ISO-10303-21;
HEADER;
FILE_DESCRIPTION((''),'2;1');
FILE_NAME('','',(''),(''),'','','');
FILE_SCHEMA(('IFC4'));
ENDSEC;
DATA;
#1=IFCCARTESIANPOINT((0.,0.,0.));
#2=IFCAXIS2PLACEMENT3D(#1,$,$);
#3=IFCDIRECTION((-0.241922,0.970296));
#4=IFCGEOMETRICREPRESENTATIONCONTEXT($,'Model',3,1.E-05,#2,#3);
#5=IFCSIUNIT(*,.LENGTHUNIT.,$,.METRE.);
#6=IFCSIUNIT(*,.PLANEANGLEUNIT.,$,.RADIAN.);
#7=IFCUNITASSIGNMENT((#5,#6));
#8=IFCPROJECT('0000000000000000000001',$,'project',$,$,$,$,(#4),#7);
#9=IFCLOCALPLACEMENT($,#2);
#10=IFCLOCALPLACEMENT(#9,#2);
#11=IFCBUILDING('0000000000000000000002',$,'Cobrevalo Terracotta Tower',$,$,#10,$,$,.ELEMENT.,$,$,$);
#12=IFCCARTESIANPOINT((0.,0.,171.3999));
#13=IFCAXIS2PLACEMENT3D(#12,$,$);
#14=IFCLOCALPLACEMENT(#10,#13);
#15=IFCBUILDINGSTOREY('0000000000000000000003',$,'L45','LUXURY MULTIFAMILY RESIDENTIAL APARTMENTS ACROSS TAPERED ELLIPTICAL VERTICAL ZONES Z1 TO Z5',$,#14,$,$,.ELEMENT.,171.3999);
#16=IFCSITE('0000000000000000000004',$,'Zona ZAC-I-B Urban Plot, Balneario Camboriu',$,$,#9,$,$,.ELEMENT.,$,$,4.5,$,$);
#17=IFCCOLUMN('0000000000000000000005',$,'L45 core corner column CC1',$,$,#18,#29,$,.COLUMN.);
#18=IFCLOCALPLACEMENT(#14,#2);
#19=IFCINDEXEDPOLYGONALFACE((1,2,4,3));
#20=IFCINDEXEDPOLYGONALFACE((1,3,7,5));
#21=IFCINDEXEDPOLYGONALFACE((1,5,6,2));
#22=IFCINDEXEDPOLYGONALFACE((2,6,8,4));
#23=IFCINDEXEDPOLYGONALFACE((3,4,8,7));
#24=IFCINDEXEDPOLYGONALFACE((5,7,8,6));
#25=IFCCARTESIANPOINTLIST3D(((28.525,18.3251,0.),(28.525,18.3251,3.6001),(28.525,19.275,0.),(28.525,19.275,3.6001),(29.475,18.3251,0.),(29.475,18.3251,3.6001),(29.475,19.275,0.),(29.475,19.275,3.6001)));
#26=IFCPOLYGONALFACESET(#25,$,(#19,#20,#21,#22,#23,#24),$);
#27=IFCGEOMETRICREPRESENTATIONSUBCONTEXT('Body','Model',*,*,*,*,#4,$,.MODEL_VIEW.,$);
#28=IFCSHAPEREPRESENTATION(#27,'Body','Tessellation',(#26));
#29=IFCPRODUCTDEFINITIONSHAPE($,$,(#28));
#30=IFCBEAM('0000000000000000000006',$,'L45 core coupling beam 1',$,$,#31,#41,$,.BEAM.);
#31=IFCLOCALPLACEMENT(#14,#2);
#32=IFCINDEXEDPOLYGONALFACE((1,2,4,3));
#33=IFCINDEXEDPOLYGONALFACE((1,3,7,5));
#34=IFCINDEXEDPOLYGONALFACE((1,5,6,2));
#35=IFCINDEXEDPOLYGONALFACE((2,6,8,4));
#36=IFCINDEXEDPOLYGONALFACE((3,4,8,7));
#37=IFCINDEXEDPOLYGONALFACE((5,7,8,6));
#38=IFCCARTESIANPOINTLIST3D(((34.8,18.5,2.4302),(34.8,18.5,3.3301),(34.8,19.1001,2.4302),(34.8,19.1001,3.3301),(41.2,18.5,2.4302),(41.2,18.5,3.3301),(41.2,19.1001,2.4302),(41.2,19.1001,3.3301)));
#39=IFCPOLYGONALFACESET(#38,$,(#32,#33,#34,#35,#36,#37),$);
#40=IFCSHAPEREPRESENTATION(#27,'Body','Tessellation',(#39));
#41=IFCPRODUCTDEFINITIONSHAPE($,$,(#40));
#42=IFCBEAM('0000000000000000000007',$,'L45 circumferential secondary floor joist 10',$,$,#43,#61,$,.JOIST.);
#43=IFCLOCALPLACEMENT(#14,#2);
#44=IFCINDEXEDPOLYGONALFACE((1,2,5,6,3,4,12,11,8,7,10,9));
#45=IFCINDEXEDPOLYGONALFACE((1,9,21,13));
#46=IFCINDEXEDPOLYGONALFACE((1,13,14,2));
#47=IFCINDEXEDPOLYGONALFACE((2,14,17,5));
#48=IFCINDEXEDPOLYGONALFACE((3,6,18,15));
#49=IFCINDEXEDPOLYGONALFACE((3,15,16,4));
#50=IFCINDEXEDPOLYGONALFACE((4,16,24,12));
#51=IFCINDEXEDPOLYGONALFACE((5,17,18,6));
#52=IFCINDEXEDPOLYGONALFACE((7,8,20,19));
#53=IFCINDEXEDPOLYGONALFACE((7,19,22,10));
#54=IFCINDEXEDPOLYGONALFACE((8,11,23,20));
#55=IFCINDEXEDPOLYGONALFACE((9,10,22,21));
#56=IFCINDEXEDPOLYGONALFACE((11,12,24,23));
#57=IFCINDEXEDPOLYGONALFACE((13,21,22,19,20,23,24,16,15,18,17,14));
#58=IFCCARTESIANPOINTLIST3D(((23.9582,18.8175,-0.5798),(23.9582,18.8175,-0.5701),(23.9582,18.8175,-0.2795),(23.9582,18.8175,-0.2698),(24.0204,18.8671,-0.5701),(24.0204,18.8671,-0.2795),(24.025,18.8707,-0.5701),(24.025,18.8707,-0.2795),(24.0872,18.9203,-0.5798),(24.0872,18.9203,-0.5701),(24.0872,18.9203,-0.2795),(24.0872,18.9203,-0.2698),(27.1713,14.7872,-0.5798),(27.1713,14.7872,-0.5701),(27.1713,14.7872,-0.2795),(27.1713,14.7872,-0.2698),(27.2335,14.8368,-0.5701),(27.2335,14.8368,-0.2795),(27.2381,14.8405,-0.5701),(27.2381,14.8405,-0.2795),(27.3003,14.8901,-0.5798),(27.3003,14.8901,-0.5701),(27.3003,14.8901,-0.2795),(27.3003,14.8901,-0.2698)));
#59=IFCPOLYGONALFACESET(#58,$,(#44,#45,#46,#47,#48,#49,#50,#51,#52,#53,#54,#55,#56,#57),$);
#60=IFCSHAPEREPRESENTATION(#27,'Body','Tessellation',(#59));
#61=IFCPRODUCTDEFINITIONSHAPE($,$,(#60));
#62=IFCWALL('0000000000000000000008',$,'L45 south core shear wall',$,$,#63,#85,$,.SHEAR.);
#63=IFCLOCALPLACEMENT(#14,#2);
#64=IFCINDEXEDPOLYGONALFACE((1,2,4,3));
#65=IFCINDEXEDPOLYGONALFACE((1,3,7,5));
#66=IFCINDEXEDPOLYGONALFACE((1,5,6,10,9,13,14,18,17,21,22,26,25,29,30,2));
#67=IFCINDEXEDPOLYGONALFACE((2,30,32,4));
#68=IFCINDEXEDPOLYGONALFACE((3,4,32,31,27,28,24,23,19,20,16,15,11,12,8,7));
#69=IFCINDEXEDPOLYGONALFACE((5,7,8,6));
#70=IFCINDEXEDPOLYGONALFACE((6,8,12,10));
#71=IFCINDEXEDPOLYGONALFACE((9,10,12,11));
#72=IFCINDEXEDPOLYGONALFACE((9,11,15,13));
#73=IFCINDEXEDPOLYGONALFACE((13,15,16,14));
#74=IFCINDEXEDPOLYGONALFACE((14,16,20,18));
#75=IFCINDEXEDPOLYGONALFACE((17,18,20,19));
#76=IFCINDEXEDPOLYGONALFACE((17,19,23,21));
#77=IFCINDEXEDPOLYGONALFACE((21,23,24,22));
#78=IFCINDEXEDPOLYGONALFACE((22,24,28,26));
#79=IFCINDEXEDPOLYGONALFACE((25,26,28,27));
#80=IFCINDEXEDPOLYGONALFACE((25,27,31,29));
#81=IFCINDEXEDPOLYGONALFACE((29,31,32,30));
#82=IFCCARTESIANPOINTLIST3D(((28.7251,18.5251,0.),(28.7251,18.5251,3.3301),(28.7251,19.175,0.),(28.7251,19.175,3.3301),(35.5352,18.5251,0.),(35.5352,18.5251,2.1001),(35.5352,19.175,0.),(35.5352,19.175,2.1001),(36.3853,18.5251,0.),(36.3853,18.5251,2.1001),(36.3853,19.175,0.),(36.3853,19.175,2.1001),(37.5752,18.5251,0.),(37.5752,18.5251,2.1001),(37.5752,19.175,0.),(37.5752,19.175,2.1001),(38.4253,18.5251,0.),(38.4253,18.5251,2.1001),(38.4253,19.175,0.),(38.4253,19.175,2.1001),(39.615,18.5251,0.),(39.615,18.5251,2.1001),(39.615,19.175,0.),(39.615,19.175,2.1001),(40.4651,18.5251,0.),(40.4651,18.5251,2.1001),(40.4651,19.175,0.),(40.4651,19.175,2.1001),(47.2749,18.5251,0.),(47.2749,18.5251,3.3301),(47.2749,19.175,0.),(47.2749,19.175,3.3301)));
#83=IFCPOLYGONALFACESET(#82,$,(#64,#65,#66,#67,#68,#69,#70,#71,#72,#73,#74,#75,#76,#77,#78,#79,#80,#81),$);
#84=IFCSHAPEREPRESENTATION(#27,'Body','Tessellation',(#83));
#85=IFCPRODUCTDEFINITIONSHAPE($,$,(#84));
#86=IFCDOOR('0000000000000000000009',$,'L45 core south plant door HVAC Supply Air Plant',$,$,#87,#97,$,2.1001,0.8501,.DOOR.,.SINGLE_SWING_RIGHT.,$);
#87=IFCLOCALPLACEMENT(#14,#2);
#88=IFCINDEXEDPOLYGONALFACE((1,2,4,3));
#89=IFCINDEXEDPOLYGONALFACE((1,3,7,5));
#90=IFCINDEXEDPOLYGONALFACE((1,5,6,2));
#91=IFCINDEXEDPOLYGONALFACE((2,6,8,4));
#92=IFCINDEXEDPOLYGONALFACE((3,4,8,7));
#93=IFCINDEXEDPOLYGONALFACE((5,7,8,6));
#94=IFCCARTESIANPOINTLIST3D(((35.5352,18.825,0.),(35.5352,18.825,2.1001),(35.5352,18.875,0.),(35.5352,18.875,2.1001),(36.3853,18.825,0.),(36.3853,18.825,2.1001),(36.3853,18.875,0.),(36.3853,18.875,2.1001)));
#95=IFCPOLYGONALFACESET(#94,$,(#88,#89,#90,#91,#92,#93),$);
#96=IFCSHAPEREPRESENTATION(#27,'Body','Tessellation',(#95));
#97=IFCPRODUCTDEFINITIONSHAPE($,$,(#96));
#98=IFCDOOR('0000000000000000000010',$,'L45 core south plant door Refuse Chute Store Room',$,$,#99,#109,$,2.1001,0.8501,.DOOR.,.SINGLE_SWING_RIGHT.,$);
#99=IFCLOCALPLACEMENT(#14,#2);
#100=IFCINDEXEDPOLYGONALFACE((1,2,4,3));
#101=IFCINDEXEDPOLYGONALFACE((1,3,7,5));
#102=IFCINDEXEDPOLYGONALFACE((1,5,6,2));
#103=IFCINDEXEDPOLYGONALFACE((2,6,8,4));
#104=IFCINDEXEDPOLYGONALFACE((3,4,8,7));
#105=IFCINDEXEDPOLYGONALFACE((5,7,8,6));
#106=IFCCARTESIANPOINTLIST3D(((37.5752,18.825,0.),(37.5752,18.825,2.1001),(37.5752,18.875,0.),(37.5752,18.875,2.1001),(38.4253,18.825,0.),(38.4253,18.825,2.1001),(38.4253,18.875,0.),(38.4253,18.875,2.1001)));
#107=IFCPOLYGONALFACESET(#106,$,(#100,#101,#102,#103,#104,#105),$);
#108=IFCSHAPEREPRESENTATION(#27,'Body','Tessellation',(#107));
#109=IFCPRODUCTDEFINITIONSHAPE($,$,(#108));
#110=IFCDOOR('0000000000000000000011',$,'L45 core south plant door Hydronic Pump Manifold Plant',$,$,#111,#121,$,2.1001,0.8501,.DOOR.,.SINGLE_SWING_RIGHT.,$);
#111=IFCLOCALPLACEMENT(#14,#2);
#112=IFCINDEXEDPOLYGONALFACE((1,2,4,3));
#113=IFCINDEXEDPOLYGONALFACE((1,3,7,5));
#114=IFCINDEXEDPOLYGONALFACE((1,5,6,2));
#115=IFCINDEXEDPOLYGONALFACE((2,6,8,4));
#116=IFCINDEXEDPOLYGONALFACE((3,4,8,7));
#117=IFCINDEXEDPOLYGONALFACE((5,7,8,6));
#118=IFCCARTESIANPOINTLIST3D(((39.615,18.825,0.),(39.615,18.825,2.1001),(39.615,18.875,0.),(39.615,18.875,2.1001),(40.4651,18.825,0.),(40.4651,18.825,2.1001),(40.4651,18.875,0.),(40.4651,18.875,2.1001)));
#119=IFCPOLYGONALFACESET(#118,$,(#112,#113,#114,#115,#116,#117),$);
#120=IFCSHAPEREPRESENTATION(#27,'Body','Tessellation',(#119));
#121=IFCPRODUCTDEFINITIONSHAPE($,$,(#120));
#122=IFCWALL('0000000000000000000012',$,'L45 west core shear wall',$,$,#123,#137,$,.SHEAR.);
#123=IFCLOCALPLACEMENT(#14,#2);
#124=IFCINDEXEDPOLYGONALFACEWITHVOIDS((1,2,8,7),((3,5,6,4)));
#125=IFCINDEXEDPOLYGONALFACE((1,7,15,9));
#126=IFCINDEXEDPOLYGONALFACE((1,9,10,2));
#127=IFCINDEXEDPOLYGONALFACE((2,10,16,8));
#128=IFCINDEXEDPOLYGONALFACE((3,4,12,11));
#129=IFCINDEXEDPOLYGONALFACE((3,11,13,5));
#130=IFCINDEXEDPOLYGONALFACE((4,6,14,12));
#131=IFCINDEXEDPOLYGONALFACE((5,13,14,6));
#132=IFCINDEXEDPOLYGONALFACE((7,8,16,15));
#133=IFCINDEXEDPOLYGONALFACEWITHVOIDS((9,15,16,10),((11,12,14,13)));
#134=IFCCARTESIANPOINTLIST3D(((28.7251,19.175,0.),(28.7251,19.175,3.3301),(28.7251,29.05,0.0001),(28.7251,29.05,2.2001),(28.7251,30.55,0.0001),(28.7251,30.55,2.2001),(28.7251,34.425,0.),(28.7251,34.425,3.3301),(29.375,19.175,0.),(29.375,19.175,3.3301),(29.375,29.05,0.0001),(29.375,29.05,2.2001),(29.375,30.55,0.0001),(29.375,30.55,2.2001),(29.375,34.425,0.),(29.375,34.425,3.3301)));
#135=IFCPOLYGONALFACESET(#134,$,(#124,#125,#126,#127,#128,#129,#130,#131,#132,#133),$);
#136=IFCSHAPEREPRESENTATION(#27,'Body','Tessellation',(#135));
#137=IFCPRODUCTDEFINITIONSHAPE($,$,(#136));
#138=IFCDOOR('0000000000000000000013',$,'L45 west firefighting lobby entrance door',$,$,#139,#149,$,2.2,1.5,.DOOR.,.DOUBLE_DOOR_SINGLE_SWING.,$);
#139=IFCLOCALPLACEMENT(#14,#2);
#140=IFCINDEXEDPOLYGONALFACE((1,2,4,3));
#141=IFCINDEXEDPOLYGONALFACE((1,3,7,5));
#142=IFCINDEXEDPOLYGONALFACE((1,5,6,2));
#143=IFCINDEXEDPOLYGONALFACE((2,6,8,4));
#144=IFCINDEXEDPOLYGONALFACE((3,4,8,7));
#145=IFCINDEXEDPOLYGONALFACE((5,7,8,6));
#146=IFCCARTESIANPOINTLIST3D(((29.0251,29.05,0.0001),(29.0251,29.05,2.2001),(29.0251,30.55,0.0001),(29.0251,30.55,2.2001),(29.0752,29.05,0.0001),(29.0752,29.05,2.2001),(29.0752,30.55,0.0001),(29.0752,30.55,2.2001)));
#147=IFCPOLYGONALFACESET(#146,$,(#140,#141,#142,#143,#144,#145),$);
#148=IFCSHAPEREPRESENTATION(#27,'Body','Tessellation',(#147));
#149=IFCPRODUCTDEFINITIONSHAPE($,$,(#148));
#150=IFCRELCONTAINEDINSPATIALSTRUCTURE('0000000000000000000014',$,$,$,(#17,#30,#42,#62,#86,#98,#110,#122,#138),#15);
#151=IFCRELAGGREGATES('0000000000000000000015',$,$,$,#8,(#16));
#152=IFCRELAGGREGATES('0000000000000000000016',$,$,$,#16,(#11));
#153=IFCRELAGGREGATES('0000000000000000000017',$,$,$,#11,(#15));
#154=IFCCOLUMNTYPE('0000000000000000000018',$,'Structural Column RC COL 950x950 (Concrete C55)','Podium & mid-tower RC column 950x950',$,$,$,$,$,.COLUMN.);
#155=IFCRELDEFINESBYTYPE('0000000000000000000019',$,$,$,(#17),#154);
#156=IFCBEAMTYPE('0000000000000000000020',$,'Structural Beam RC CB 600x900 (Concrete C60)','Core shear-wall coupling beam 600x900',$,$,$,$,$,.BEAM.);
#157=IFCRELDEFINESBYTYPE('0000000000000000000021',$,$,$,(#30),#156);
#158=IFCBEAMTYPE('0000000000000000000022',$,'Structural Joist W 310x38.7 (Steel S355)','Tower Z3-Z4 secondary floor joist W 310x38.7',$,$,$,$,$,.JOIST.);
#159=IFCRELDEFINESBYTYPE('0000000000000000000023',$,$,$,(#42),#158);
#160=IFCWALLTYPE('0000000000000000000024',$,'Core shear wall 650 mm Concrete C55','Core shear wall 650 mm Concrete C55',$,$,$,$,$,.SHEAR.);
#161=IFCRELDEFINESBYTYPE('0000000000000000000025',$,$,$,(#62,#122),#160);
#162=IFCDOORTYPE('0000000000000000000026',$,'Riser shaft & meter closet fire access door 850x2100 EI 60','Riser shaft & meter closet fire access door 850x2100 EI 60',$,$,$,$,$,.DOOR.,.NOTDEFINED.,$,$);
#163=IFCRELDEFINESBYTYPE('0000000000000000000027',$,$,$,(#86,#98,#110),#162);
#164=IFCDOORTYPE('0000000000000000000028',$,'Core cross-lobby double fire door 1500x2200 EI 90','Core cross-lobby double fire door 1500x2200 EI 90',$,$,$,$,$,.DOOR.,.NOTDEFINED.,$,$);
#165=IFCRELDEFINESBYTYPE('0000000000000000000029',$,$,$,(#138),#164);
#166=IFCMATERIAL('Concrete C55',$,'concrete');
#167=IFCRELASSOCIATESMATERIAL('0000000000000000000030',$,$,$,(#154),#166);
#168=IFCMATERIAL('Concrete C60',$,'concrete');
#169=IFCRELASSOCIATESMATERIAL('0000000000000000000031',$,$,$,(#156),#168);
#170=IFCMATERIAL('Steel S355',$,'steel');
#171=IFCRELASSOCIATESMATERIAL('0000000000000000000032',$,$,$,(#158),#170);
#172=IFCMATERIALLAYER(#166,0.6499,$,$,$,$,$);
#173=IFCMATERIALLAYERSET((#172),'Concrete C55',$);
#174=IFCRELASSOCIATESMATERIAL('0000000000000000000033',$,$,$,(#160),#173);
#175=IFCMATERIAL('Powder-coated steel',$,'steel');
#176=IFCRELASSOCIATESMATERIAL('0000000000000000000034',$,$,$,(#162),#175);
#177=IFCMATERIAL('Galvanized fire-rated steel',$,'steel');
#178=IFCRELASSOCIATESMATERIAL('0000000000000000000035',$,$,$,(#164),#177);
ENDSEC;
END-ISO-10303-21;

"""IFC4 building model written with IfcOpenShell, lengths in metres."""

from ifc_helpers import new_model, si_unit, direction, frame, frame_2d, origin, origin_2d, place, context, subcontext, project, spatial, rectangle, i_section, extrude, source, transform, mapped, material, layer, layer_set, material_profile, profile_set, type_object, element, fill, save


model = new_model("IFC4")

# Units and contexts
model_context = context("Model", 3, precision=1e-05, world=origin(), true_north=direction((-0.241922, 0.970296)))
body_context = subcontext(model_context, "Body", "Model", "MODEL_VIEW")
ifc_project = project(units=[si_unit("LENGTHUNIT", "METRE"), si_unit("PLANEANGLEUNIT", "RADIAN")], contexts=[model_context])

# Site, building, storey
site_placement = place(None, origin())
site = spatial("IfcSite", under=ifc_project, at=site_placement, Name="Zona ZAC-I-B Urban Plot, Balneario Camboriu", CompositionType="ELEMENT", RefElevation=4.5)
building_placement = place(site_placement, origin())
building = spatial("IfcBuilding", under=site, at=building_placement, Name="Cobrevalo Terracotta Tower", CompositionType="ELEMENT")
storey_placement = place(building_placement, frame((0.0, 0.0, 171.3999)))
storey = spatial("IfcBuildingStorey", under=building, at=storey_placement, Name="L45", Description="LUXURY MULTIFAMILY RESIDENTIAL APARTMENTS ACROSS TAPERED ELLIPTICAL VERTICAL ZONES Z1 TO Z5", CompositionType="ELEMENT", Elevation=171.3999)

# Column
ifc_material_1 = material(Name="Concrete C55", Category="concrete")
ifc_material_profile_1 = material_profile(ifc_material_1, rectangle(XDim=0.95, YDim=0.95, at=origin_2d()), Name="RC COL 950x950")
ifc_profile_set_1 = profile_set([ifc_material_profile_1], Name="Concrete C55")
column_type = type_object("IfcColumnType", Name="Structural Column RC COL 950x950 (Concrete C55)", Description="Podium & mid-tower RC column 950x950", PredefinedType="COLUMN", material=ifc_profile_set_1)
column_placement = place(storey_placement, frame((29.0, 18.8, 0.0), z_axis=(0.0, 0.0, 1.0), x_axis=(1.0, 0.0, 0.0)))
element("IfcColumn", 1, at=column_placement, inside=storey, type_object=column_type, Name="L45 core corner column CC1", PredefinedType="COLUMN", context=body_context, shape_type="SweptSolid", body=[
    extrude(rectangle(XDim=0.95, YDim=0.95, at=origin_2d()), origin(), (0.0, 0.0, 1.0), 3.6001),
])

# Beams
ifc_material_2 = material(Name="Concrete C60", Category="concrete")
ifc_material_profile_2 = material_profile(ifc_material_2, rectangle(XDim=0.6001, YDim=0.8999, at=origin_2d()), Name="RC CB 600x900")
ifc_profile_set_2 = profile_set([ifc_material_profile_2], Name="Concrete C60")
beam_type_1 = type_object("IfcBeamType", Name="Structural Beam RC CB 600x900 (Concrete C60)", Description="Core shear-wall coupling beam 600x900", PredefinedType="BEAM", material=ifc_profile_set_2)
beam_1_placement = place(storey_placement, frame((34.8, 18.8, 2.8801), z_axis=(1.0, 0.0, 0.0), x_axis=(0.0, 1.0, 0.0)))
element("IfcBeam", 2, at=beam_1_placement, inside=storey, type_object=beam_type_1, Name="L45 core coupling beam 1", PredefinedType="BEAM", context=body_context, shape_type="SweptSolid", body=[
    extrude(rectangle(XDim=0.6001, YDim=0.8999, at=origin_2d()), origin(), (0.0, 0.0, 1.0), 6.3999),
])
ifc_material_3 = material(Name="Steel S355", Category="steel")
ifc_material_profile_3 = material_profile(ifc_material_3, i_section(OverallWidth=0.165, OverallDepth=0.3101, WebThickness=0.0059, FlangeThickness=0.0098, at=origin_2d()), Name="W 310x38.7")
ifc_profile_set_3 = profile_set([ifc_material_profile_3], Name="Steel S355")
beam_type_2 = type_object("IfcBeamType", Name="Structural Joist W 310x38.7 (Steel S355)", Description="Tower Z3-Z4 secondary floor joist W 310x38.7", PredefinedType="JOIST", material=ifc_profile_set_3)
beam_2_placement = place(storey_placement, frame((24.0227, 18.8689, -0.4248), z_axis=(0.623383, -0.781917, 0.0), x_axis=(0.781917, 0.623383, 0.0)))
element("IfcBeam", 3, at=beam_2_placement, inside=storey, type_object=beam_type_2, Name="L45 circumferential secondary floor joist 10", PredefinedType="JOIST", context=body_context, shape_type="SweptSolid", body=[
    extrude(i_section(OverallWidth=0.165, OverallDepth=0.3101, WebThickness=0.0059, FlangeThickness=0.0098, at=origin_2d()), origin(), (0.0, 0.0, 1.0), 5.1543),
])

# Wall, openings, doors
ifc_layer_1 = layer(ifc_material_1, 0.6499)
ifc_layer_set_1 = layer_set([ifc_layer_1], Name="Concrete C55")
wall_type_1 = type_object("IfcWallType", Name="Core shear wall 650 mm Concrete C55", Description="Core shear wall 650 mm Concrete C55", PredefinedType="SHEAR", material=ifc_layer_set_1)
wall_1_placement = place(storey_placement, frame((28.7251, 18.8501, 0.0), z_axis=(0.0, 0.0, 1.0), x_axis=(1.0, 0.0, 0.0)))
wall_1 = element("IfcWall", 4, at=wall_1_placement, inside=storey, type_object=wall_type_1, Name="L45 south core shear wall", PredefinedType="SHEAR", context=body_context, shape_type="SweptSolid", body=[
    extrude(rectangle(XDim=18.5498, YDim=0.6499, at=frame_2d((9.2749, 0.0))), origin(), (0.0, 0.0, 1.0), 3.3301),
])
opening_1_placement = place(wall_1_placement, frame((6.8101, 0.0, 0.0)))
opening_1 = element("IfcOpeningElement", 5, at=opening_1_placement, cuts=wall_1, PredefinedType="OPENING", context=body_context, shape_type="SweptSolid", body=[
    extrude(rectangle(XDim=0.8501, YDim=2.1001, at=frame_2d((0.425, 1.05))), frame((0.0, 0.335, 0.0), z_axis=(0.0, -1.0, 0.0), x_axis=(1.0, 0.0, 0.0)), (0.0, 0.0, 1.0), 0.6699),
])
opening_2_placement = place(wall_1_placement, frame((8.8501, 0.0, 0.0)))
opening_2 = element("IfcOpeningElement", 6, at=opening_2_placement, cuts=wall_1, PredefinedType="OPENING", context=body_context, shape_type="SweptSolid", body=[
    extrude(rectangle(XDim=0.8501, YDim=2.1001, at=frame_2d((0.425, 1.05))), frame((0.0, 0.335, 0.0), z_axis=(0.0, -1.0, 0.0), x_axis=(1.0, 0.0, 0.0)), (0.0, 0.0, 1.0), 0.6699),
])
opening_3_placement = place(wall_1_placement, frame((10.8899, 0.0, 0.0)))
opening_3 = element("IfcOpeningElement", 7, at=opening_3_placement, cuts=wall_1, PredefinedType="OPENING", context=body_context, shape_type="SweptSolid", body=[
    extrude(rectangle(XDim=0.8501, YDim=2.1001, at=frame_2d((0.425, 1.05))), frame((0.0, 0.335, 0.0), z_axis=(0.0, -1.0, 0.0), x_axis=(1.0, 0.0, 0.0)), (0.0, 0.0, 1.0), 0.6699),
])
ifc_material_4 = material(Name="Powder-coated steel", Category="steel")
door_type_1 = type_object("IfcDoorType", Name="Riser shaft & meter closet fire access door 850x2100 EI 60", Description="Riser shaft & meter closet fire access door 850x2100 EI 60", OperationType="NOTDEFINED", PredefinedType="DOOR", material=ifc_material_4)
shared_shape_1 = source(origin(), body_context, "Body", "SweptSolid", [
    extrude(rectangle(XDim=0.8501, YDim=2.1001, at=frame_2d((0.425, 1.05))), frame((0.0, 0.0249, 0.0), z_axis=(0.0, -1.0, 0.0), x_axis=(1.0, 0.0, 0.0)), (0.0, 0.0, 1.0), 0.05),
])
door_1_placement = place(opening_1_placement, origin())
door_1 = element("IfcDoor", 8, at=door_1_placement, inside=storey, type_object=door_type_1, Name="L45 core south plant door HVAC Supply Air Plant", OperationType="SINGLE_SWING_RIGHT", OverallHeight=2.1001, OverallWidth=0.8501, PredefinedType="DOOR", context=body_context, shape_type="MappedRepresentation", body=[
    mapped(shared_shape_1, transform((0.0, 0.0, 0.0), scale=1.0)),
])
fill(opening_1, door_1)
door_2_placement = place(opening_2_placement, origin())
door_2 = element("IfcDoor", 9, at=door_2_placement, inside=storey, type_object=door_type_1, Name="L45 core south plant door Refuse Chute Store Room", OperationType="SINGLE_SWING_RIGHT", OverallHeight=2.1001, OverallWidth=0.8501, PredefinedType="DOOR", context=body_context, shape_type="MappedRepresentation", body=[
    mapped(shared_shape_1, transform((0.0, 0.0, 0.0), scale=1.0)),
])
fill(opening_2, door_2)
door_3_placement = place(opening_3_placement, origin())
door_3 = element("IfcDoor", 10, at=door_3_placement, inside=storey, type_object=door_type_1, Name="L45 core south plant door Hydronic Pump Manifold Plant", OperationType="SINGLE_SWING_RIGHT", OverallHeight=2.1001, OverallWidth=0.8501, PredefinedType="DOOR", context=body_context, shape_type="MappedRepresentation", body=[
    mapped(shared_shape_1, transform((0.0, 0.0, 0.0), scale=1.0)),
])
fill(opening_3, door_3)

# Wall, opening, door
wall_2_placement = place(storey_placement, frame((29.05, 19.175, 0.0), z_axis=(0.0, 0.0, 1.0), x_axis=(0.0, 1.0, 0.0)))
wall_2 = element("IfcWall", 11, at=wall_2_placement, inside=storey, type_object=wall_type_1, Name="L45 west core shear wall", PredefinedType="SHEAR", context=body_context, shape_type="SweptSolid", body=[
    extrude(rectangle(XDim=15.25, YDim=0.6499, at=frame_2d((7.625, 0.0))), origin(), (0.0, 0.0, 1.0), 3.3301),
])
opening_4_placement = place(wall_2_placement, frame((9.875, 0.0, 0.0)))
opening_4 = element("IfcOpeningElement", 12, at=opening_4_placement, cuts=wall_2, PredefinedType="OPENING", context=body_context, shape_type="SweptSolid", body=[
    extrude(rectangle(XDim=1.5, YDim=2.2, at=frame_2d((0.75, 1.1001))), frame((0.0, 0.335, 0.0), z_axis=(0.0, -1.0, 0.0), x_axis=(1.0, 0.0, 0.0)), (0.0, 0.0, 1.0), 0.6699),
])
ifc_material_5 = material(Name="Galvanized fire-rated steel", Category="steel")
door_type_2 = type_object("IfcDoorType", Name="Core cross-lobby double fire door 1500x2200 EI 90", Description="Core cross-lobby double fire door 1500x2200 EI 90", OperationType="NOTDEFINED", PredefinedType="DOOR", material=ifc_material_5)
shared_shape_2 = source(origin(), body_context, "Body", "SweptSolid", [
    extrude(rectangle(XDim=1.5, YDim=2.2, at=frame_2d((0.75, 1.1001))), frame((0.0, 0.0249, 0.0), z_axis=(0.0, -1.0, 0.0), x_axis=(1.0, 0.0, 0.0)), (0.0, 0.0, 1.0), 0.05),
])
door_4_placement = place(opening_4_placement, origin())
door_4 = element("IfcDoor", 13, at=door_4_placement, inside=storey, type_object=door_type_2, Name="L45 west firefighting lobby entrance door", OperationType="DOUBLE_DOOR_SINGLE_SWING", OverallHeight=2.2, OverallWidth=1.5, PredefinedType="DOOR", context=body_context, shape_type="MappedRepresentation", body=[
    mapped(shared_shape_2, transform((0.0, 0.0, 0.0), scale=1.0)),
])
fill(opening_4, door_4)

save(model, "model.ifc")
